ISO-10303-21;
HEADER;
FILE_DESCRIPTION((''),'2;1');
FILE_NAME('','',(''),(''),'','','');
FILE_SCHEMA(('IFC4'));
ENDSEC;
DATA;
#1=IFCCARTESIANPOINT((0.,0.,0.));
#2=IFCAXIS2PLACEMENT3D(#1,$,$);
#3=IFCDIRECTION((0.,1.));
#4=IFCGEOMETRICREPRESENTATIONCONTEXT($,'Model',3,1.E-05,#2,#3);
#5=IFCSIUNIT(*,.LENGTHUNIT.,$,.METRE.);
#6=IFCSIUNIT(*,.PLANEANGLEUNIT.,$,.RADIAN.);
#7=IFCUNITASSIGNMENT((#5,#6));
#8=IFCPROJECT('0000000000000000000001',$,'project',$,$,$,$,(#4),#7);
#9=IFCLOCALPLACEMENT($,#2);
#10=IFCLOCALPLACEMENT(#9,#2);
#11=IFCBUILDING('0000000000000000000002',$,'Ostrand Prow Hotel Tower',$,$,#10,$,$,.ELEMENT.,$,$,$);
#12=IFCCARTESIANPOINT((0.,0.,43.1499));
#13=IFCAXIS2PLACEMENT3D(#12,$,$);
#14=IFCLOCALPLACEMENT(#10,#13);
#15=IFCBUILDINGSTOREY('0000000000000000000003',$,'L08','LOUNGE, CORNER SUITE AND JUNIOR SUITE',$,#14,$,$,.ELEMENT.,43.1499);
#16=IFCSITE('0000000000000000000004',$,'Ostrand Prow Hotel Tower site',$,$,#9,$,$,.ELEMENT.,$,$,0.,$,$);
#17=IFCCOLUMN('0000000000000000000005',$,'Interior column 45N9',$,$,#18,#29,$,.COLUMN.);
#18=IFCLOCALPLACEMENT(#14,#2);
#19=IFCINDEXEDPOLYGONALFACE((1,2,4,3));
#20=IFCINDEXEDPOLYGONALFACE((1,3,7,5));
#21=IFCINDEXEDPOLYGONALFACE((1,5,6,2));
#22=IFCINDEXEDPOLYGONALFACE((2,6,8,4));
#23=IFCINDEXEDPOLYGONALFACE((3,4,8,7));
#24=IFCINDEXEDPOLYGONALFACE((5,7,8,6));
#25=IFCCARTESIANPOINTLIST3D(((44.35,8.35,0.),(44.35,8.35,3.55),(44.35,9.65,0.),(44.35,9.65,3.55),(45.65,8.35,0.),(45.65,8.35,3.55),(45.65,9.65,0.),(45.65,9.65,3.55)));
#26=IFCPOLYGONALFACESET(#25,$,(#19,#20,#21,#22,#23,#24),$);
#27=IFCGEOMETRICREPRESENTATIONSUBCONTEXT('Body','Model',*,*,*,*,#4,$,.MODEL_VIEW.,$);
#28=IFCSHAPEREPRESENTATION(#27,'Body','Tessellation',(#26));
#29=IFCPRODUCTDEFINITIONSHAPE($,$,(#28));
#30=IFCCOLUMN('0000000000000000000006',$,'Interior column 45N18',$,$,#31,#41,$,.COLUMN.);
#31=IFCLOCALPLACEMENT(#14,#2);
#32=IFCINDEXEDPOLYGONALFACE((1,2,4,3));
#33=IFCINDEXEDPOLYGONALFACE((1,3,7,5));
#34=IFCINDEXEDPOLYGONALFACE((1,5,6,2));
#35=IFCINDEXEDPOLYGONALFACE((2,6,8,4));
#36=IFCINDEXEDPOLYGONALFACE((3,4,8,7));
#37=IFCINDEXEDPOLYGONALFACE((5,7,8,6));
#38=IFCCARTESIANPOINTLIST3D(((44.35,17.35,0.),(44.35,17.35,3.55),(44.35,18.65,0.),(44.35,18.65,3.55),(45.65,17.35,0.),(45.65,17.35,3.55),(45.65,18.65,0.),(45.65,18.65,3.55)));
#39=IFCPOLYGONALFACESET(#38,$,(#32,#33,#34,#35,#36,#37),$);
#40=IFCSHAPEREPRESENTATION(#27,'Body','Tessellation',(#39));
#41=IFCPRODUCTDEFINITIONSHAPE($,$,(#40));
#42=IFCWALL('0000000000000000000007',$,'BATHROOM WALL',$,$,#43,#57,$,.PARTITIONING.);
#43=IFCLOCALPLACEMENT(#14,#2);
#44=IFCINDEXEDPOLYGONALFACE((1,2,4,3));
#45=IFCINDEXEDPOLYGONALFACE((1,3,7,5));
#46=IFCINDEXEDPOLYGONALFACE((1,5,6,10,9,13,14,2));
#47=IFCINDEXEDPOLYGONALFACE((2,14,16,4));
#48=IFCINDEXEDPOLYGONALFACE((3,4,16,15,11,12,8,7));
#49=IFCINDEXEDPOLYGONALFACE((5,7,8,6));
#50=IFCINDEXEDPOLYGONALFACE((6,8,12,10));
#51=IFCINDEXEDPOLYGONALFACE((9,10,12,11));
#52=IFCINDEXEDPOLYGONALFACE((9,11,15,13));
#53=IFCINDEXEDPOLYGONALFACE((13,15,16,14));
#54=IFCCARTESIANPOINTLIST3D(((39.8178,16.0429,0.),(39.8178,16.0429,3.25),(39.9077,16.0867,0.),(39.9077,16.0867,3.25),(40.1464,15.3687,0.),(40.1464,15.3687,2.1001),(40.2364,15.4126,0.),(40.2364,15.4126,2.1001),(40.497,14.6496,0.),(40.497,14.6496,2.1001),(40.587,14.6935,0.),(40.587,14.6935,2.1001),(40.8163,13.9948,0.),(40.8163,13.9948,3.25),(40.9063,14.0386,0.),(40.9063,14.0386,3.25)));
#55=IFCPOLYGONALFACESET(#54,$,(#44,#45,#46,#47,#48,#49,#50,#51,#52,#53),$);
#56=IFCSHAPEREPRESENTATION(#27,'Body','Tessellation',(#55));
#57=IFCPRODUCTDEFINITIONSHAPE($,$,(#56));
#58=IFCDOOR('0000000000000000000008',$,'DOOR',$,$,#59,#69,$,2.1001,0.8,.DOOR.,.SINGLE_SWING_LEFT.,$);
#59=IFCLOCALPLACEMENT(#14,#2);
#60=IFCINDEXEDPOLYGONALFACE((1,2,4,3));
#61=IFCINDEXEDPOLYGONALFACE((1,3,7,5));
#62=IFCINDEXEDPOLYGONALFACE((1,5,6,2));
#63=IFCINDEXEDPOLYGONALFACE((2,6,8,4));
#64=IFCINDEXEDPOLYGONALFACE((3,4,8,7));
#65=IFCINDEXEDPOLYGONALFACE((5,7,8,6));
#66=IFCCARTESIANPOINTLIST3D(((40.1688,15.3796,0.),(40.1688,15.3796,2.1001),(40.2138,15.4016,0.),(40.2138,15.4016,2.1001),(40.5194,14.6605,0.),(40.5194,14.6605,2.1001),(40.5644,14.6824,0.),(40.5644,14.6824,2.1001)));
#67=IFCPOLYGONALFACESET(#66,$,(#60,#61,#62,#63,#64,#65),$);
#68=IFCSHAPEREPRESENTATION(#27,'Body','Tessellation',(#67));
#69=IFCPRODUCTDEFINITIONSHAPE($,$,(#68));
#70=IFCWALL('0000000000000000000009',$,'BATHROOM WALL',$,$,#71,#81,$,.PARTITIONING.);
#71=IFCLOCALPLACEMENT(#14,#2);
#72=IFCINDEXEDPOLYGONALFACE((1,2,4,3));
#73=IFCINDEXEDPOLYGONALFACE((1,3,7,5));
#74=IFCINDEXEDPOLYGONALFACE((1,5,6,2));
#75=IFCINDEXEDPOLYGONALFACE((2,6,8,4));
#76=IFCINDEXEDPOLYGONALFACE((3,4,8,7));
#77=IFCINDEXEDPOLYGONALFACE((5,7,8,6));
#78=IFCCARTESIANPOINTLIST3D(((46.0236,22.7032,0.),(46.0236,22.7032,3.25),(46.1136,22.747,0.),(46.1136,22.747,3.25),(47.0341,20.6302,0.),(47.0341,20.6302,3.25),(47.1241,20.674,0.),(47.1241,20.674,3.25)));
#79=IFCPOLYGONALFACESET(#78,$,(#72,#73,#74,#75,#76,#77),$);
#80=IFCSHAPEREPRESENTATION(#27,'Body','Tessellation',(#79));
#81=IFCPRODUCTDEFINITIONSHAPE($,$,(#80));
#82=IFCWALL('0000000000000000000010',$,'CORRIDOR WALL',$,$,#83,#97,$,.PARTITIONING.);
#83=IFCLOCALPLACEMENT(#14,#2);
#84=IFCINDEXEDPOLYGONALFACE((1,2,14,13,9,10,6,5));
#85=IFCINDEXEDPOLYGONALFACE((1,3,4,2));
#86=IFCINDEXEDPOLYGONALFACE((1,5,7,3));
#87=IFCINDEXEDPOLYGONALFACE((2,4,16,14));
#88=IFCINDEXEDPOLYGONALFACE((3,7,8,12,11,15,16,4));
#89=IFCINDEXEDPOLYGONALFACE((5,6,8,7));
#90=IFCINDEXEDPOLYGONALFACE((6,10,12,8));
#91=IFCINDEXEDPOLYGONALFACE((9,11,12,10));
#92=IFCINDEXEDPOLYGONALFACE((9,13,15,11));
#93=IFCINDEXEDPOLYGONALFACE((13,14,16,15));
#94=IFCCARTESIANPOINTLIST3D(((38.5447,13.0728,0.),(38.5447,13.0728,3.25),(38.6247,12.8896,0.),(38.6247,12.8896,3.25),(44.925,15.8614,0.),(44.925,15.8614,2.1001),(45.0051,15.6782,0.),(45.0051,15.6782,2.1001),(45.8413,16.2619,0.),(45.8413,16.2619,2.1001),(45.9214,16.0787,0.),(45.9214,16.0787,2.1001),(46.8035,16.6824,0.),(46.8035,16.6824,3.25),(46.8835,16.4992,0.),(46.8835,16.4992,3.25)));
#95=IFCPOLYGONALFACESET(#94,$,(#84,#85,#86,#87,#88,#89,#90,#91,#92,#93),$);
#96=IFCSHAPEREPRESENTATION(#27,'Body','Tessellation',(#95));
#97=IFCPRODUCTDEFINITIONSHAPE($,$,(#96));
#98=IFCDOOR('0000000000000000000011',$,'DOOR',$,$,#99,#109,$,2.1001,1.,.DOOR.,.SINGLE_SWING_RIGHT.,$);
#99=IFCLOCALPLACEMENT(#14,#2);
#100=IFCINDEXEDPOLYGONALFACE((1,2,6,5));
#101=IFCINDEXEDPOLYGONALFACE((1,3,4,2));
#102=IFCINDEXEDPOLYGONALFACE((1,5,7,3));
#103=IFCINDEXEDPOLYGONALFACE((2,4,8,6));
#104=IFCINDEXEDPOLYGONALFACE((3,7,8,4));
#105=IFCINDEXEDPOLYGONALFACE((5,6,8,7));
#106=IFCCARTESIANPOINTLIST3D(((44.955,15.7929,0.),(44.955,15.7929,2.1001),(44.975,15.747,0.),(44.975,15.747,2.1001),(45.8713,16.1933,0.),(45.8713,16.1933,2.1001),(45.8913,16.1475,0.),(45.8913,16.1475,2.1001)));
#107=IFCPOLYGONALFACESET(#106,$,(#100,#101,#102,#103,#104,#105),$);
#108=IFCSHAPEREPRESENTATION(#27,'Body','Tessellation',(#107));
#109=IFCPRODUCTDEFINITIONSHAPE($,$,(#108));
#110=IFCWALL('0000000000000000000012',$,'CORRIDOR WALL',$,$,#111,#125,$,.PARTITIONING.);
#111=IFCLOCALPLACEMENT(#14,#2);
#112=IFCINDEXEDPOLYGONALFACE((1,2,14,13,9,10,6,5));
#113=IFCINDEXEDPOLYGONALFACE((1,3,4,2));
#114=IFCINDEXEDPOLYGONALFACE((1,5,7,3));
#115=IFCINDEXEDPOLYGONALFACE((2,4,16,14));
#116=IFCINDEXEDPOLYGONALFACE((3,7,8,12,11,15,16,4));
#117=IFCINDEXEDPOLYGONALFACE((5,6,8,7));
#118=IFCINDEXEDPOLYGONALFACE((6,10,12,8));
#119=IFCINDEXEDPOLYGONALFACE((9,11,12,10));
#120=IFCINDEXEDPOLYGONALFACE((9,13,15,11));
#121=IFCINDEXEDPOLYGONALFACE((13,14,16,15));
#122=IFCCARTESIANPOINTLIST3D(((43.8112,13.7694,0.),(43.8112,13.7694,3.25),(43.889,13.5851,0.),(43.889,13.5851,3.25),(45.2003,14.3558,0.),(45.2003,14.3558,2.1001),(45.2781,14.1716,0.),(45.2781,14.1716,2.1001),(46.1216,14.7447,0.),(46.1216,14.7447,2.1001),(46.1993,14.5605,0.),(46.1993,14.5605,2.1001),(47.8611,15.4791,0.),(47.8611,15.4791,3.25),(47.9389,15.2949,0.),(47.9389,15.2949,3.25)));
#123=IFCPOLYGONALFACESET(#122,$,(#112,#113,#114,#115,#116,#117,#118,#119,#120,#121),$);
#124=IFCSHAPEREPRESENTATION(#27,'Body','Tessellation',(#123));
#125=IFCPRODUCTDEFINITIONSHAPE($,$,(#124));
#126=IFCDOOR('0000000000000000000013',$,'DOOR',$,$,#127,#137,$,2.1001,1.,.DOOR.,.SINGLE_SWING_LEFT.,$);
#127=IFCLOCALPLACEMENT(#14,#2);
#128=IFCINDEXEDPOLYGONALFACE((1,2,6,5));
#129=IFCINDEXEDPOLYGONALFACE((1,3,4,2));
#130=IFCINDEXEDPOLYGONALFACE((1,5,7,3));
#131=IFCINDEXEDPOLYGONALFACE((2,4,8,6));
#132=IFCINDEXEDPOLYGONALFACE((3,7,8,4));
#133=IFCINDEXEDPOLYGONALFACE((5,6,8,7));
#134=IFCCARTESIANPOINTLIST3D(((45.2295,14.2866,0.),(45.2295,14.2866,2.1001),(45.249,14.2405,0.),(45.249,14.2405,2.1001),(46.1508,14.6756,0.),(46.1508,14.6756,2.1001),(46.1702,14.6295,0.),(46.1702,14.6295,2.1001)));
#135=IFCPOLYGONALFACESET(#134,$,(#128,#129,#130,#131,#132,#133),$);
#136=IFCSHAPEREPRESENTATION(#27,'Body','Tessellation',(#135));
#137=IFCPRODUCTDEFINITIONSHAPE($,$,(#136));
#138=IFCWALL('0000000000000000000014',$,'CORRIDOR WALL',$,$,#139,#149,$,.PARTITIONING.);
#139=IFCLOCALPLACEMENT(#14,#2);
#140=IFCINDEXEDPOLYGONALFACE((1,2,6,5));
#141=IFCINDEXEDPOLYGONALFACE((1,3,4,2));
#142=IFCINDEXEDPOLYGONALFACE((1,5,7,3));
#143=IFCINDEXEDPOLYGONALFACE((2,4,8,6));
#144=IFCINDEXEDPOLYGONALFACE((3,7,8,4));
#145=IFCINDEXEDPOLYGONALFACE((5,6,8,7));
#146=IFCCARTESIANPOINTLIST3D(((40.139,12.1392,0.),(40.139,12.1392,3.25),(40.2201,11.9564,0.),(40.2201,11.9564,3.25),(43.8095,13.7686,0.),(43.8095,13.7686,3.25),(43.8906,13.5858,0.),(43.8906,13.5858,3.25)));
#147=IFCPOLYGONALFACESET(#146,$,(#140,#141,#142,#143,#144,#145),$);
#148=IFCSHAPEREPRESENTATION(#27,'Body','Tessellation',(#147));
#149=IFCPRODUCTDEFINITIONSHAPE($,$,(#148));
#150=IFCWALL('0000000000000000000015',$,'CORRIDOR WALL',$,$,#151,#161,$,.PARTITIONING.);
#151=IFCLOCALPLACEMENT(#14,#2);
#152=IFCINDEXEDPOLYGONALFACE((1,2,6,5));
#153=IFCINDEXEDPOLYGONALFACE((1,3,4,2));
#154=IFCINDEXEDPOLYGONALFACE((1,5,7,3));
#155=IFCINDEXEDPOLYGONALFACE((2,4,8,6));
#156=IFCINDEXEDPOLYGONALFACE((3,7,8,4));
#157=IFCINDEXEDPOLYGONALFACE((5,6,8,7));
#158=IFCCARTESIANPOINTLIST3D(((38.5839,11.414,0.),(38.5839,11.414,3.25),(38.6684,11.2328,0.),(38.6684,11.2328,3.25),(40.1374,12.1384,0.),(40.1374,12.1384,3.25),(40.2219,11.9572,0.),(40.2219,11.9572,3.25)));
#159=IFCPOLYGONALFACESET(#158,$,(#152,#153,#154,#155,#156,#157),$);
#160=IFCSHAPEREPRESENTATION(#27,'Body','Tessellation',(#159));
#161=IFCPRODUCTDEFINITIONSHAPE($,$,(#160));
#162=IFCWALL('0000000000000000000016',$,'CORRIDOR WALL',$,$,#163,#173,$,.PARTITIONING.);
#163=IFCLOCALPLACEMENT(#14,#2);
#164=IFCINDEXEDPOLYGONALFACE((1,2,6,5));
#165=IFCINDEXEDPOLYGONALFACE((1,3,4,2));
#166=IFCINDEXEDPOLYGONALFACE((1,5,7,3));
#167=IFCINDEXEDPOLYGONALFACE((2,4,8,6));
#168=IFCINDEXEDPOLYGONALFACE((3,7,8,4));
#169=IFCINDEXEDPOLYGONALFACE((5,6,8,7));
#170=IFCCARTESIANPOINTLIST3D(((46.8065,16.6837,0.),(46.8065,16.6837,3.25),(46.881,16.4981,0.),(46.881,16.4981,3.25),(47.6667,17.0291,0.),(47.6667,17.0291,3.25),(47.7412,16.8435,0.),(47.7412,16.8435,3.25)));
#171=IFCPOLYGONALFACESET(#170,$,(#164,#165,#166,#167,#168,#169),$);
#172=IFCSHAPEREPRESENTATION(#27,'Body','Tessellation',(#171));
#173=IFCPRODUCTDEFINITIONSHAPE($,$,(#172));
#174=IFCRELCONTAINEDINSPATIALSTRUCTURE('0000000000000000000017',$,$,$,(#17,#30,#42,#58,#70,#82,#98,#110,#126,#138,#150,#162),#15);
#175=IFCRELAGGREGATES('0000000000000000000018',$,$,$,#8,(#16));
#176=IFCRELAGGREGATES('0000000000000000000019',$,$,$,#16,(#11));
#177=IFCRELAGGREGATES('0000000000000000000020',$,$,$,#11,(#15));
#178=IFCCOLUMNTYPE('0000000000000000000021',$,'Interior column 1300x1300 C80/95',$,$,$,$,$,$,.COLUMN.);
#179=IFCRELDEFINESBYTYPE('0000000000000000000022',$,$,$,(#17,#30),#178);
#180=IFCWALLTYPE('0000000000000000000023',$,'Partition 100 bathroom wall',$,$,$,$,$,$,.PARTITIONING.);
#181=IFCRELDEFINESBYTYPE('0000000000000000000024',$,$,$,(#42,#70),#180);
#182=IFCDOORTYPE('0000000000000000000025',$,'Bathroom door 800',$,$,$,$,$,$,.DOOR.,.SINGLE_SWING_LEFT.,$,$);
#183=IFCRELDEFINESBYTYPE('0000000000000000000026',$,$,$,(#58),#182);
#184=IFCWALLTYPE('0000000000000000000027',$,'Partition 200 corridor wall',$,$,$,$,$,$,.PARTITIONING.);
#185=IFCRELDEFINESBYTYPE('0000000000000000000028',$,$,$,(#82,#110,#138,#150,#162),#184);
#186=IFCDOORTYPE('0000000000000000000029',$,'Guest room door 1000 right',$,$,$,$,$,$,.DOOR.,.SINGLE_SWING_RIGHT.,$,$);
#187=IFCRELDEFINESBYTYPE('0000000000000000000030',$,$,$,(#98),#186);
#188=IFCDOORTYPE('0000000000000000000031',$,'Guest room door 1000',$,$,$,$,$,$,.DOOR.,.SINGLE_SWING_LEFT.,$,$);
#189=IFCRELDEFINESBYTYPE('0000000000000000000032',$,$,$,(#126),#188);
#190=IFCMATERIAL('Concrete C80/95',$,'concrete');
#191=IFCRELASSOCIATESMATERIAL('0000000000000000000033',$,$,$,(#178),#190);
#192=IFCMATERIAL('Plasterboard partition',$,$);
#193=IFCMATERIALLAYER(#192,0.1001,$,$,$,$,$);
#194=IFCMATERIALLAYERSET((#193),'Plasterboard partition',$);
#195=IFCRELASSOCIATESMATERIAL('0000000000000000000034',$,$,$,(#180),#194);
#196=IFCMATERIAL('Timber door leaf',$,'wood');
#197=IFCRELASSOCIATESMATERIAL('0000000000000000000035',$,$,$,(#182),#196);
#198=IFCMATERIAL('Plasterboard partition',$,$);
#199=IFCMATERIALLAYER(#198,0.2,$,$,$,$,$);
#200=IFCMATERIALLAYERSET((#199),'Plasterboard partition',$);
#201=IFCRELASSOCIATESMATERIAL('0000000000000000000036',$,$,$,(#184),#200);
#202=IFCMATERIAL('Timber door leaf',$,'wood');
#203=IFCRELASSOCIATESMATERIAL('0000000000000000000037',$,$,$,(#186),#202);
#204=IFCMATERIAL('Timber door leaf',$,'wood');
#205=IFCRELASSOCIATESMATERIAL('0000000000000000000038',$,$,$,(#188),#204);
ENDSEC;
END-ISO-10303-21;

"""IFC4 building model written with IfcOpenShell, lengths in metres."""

from ifc_helpers import new_model, si_unit, direction, frame, frame_2d, origin, origin_2d, place, context, subcontext, project, spatial, rectangle, extrude, material, layer, layer_set, material_profile, profile_set, type_object, element, fill, save


model = new_model("IFC4")

# Units and contexts
model_context = context("Model", 3, precision=1e-05, world=origin(), true_north=direction((0.0, 1.0)))
body_context = subcontext(model_context, "Body", "Model", "MODEL_VIEW")
ifc_project = project(units=[si_unit("LENGTHUNIT", "METRE"), si_unit("PLANEANGLEUNIT", "RADIAN")], contexts=[model_context])

# Site, building, storey
site_placement = place(None, origin())
site = spatial("IfcSite", under=ifc_project, at=site_placement, Name="Ostrand Prow Hotel Tower site", CompositionType="ELEMENT", RefElevation=0.0)
building_placement = place(site_placement, origin())
building = spatial("IfcBuilding", under=site, at=building_placement, Name="Ostrand Prow Hotel Tower", CompositionType="ELEMENT")
storey_placement = place(building_placement, frame((0.0, 0.0, 43.1499)))
storey = spatial("IfcBuildingStorey", under=building, at=storey_placement, Name="L08", Description="LOUNGE, CORNER SUITE AND JUNIOR SUITE", CompositionType="ELEMENT", Elevation=43.1499)

# Columns
ifc_material_1 = material(Name="Concrete C80/95", Category="concrete")
ifc_material_profile = material_profile(ifc_material_1, rectangle(XDim=1.3, YDim=1.3, at=origin_2d()), Name="RC 1300x1300")
ifc_profile_set = profile_set([ifc_material_profile], Name="Concrete C80/95")
column_type = type_object("IfcColumnType", Name="Interior column 1300x1300 C80/95", PredefinedType="COLUMN", material=ifc_profile_set)
for number, where, z_axis, x_axis, name in (
    (1, (45.0, 9.0, 0.0), (0.0, 0.0, 1.0), (1.0, 0.0, 0.0), "Interior column 45N9"),
    (2, (45.0, 18.0, 0.0), (0.0, 0.0, 1.0), (1.0, 0.0, 0.0), "Interior column 45N18"),
):
    element("IfcColumn", number, at=place(storey_placement, frame(where, z_axis=z_axis, x_axis=x_axis)), inside=storey, type_object=column_type, Name=name, PredefinedType="COLUMN", context=body_context, shape_type="SweptSolid", body=[
        extrude(rectangle(XDim=1.3, YDim=1.3, at=origin_2d()), origin(), (0.0, 0.0, 1.0), 3.55),
    ])

# Wall, opening, door
ifc_material_2 = material(Name="Plasterboard partition")
ifc_layer_1 = layer(ifc_material_2, 0.1001)
ifc_layer_set_1 = layer_set([ifc_layer_1], Name="Plasterboard partition")
wall_type_1 = type_object("IfcWallType", Name="Partition 100 bathroom wall", PredefinedType="PARTITIONING", material=ifc_layer_set_1)
wall_1_placement = place(storey_placement, frame((39.8628, 16.0647, 0.0), z_axis=(0.0, 0.0, 1.0), x_axis=(0.438234, -0.898861, 0.0)))
wall_1 = element("IfcWall", 3, at=wall_1_placement, inside=storey, type_object=wall_type_1, Name="BATHROOM WALL", PredefinedType="PARTITIONING", context=body_context, shape_type="SweptSolid", body=[
    extrude(rectangle(XDim=2.2786, YDim=0.1001, at=frame_2d((1.1392, 0.0))), origin(), (0.0, 0.0, 1.0), 3.25),
])
opening_1_placement = place(wall_1_placement, frame((0.75, 0.0, 0.0)))
opening_1 = element("IfcOpeningElement", 4, at=opening_1_placement, cuts=wall_1, PredefinedType="OPENING", context=body_context, shape_type="SweptSolid", body=[
    extrude(rectangle(XDim=0.8, YDim=2.1001, at=frame_2d((0.3999, 1.05))), frame((0.0, 0.0601, 0.0), z_axis=(0.0, -1.0, 0.0), x_axis=(1.0, 0.0, 0.0)), (0.0, 0.0, 1.0), 0.1201),
])
ifc_material_3 = material(Name="Timber door leaf", Category="wood")
door_type_1 = type_object("IfcDoorType", Name="Bathroom door 800", OperationType="SINGLE_SWING_LEFT", PredefinedType="DOOR", material=ifc_material_3)
door_1_placement = place(opening_1_placement, origin())
door_1 = element("IfcDoor", 5, at=door_1_placement, inside=storey, type_object=door_type_1, Name="DOOR", OperationType="SINGLE_SWING_LEFT", OverallHeight=2.1001, OverallWidth=0.8, PredefinedType="DOOR", context=body_context, shape_type="SweptSolid", body=[
    extrude(rectangle(XDim=0.8, YDim=2.1001, at=frame_2d((0.3999, 1.05))), frame((0.0, 0.0249, 0.0), z_axis=(0.0, -1.0, 0.0), x_axis=(1.0, 0.0, 0.0)), (0.0, 0.0, 1.0), 0.05),
])
fill(opening_1, door_1)

# Wall
wall_2_placement = place(storey_placement, frame((47.0791, 20.6521, 0.0), z_axis=(0.0, 0.0, 1.0), x_axis=(-0.438171, 0.898892, 0.0)))
element("IfcWall", 6, at=wall_2_placement, inside=storey, type_object=wall_type_1, Name="BATHROOM WALL", PredefinedType="PARTITIONING", context=body_context, shape_type="SweptSolid", body=[
    extrude(rectangle(XDim=2.3062, YDim=0.1001, at=frame_2d((1.1531, 0.0))), origin(), (0.0, 0.0, 1.0), 3.25),
])

# Walls, openings, doors
ifc_material_4 = material(Name="Plasterboard partition")
ifc_layer_2 = layer(ifc_material_4, 0.2)
ifc_layer_set_2 = layer_set([ifc_layer_2], Name="Plasterboard partition")
wall_type_2 = type_object("IfcWallType", Name="Partition 200 corridor wall", PredefinedType="PARTITIONING", material=ifc_layer_set_2)
wall_3_placement = place(storey_placement, frame((46.8435, 16.5908, 0.0), z_axis=(0.0, 0.0, 1.0), x_axis=(-0.916304, -0.400483, 0.0)))
wall_3 = element("IfcWall", 7, at=wall_3_placement, inside=storey, type_object=wall_type_2, Name="CORRIDOR WALL", PredefinedType="PARTITIONING", context=body_context, shape_type="SweptSolid", body=[
    extrude(rectangle(XDim=9.0132, YDim=0.2, at=frame_2d((4.5066, 0.0))), origin(), (0.0, 0.0, 1.0), 3.25),
])
opening_2_placement = place(wall_3_placement, frame((1.05, 0.0, 0.0)))
opening_2 = element("IfcOpeningElement", 8, at=opening_2_placement, cuts=wall_3, PredefinedType="OPENING", context=body_context, shape_type="SweptSolid", body=[
    extrude(rectangle(XDim=1.0, YDim=2.1001, at=frame_2d((0.5, 1.05))), frame((0.0, 0.1099, 0.0), z_axis=(0.0, -1.0, 0.0), x_axis=(1.0, 0.0, 0.0)), (0.0, 0.0, 1.0), 0.22),
])
ifc_material_5 = material(Name="Timber door leaf", Category="wood")
door_type_2 = type_object("IfcDoorType", Name="Guest room door 1000 right", OperationType="SINGLE_SWING_RIGHT", PredefinedType="DOOR", material=ifc_material_5)
door_2_placement = place(opening_2_placement, origin())
door_2 = element("IfcDoor", 9, at=door_2_placement, inside=storey, type_object=door_type_2, Name="DOOR", OperationType="SINGLE_SWING_RIGHT", OverallHeight=2.1001, OverallWidth=1.0, PredefinedType="DOOR", context=body_context, shape_type="SweptSolid", body=[
    extrude(rectangle(XDim=1.0, YDim=2.1001, at=frame_2d((0.5, 1.05))), frame((0.0, 0.0249, 0.0), z_axis=(0.0, -1.0, 0.0), x_axis=(1.0, 0.0, 0.0)), (0.0, 0.0, 1.0), 0.05),
])
fill(opening_2, door_2)
wall_4_placement = place(storey_placement, frame((43.8501, 13.6772, 0.0), z_axis=(0.0, 0.0, 1.0), x_axis=(0.921266, 0.388933, 0.0)))
wall_4 = element("IfcWall", 10, at=wall_4_placement, inside=storey, type_object=wall_type_2, Name="CORRIDOR WALL", PredefinedType="PARTITIONING", context=body_context, shape_type="SweptSolid", body=[
    extrude(rectangle(XDim=4.396, YDim=0.2, at=frame_2d((2.198, 0.0))), origin(), (0.0, 0.0, 1.0), 3.25),
])
opening_3_placement = place(wall_4_placement, frame((1.5078, 0.0, 0.0)))
opening_3 = element("IfcOpeningElement", 11, at=opening_3_placement, cuts=wall_4, PredefinedType="OPENING", context=body_context, shape_type="SweptSolid", body=[
    extrude(rectangle(XDim=1.0, YDim=2.1001, at=frame_2d((0.5, 1.05))), frame((0.0, 0.1099, 0.0), z_axis=(0.0, -1.0, 0.0), x_axis=(1.0, 0.0, 0.0)), (0.0, 0.0, 1.0), 0.22),
])
ifc_material_6 = material(Name="Timber door leaf", Category="wood")
door_type_3 = type_object("IfcDoorType", Name="Guest room door 1000", OperationType="SINGLE_SWING_LEFT", PredefinedType="DOOR", material=ifc_material_6)
door_3_placement = place(opening_3_placement, origin())
door_3 = element("IfcDoor", 12, at=door_3_placement, inside=storey, type_object=door_type_3, Name="DOOR", OperationType="SINGLE_SWING_LEFT", OverallHeight=2.1001, OverallWidth=1.0, PredefinedType="DOOR", context=body_context, shape_type="SweptSolid", body=[
    extrude(rectangle(XDim=1.0, YDim=2.1001, at=frame_2d((0.5, 1.05))), frame((0.0, 0.0249, 0.0), z_axis=(0.0, -1.0, 0.0), x_axis=(1.0, 0.0, 0.0)), (0.0, 0.0, 1.0), 0.05),
])
fill(opening_3, door_3)

# Walls
wall_5_placement = place(storey_placement, frame((40.1797, 12.0479, 0.0), z_axis=(0.0, 0.0, 1.0), x_axis=(0.913987, 0.405744, 0.0)))
element("IfcWall", 13, at=wall_5_placement, inside=storey, type_object=wall_type_2, Name="CORRIDOR WALL", PredefinedType="PARTITIONING", context=body_context, shape_type="SweptSolid", body=[
    extrude(rectangle(XDim=4.0159, YDim=0.2, at=frame_2d((2.0078, 0.0))), origin(), (0.0, 0.0, 1.0), 3.25),
])
wall_6_placement = place(storey_placement, frame((38.6262, 11.3235, 0.0), z_axis=(0.0, 0.0, 1.0), x_axis=(0.906314, 0.422605, 0.0)))
element("IfcWall", 14, at=wall_6_placement, inside=storey, type_object=wall_type_2, Name="CORRIDOR WALL", PredefinedType="PARTITIONING", context=body_context, shape_type="SweptSolid", body=[
    extrude(rectangle(XDim=1.7141, YDim=0.2, at=frame_2d((0.8569, 0.0))), origin(), (0.0, 0.0, 1.0), 3.25),
])
wall_7_placement = place(storey_placement, frame((47.7039, 16.9363, 0.0), z_axis=(0.0, 0.0, 1.0), x_axis=(-0.927986, -0.372616, 0.0)))
element("IfcWall", 15, at=wall_7_placement, inside=storey, type_object=wall_type_2, Name="CORRIDOR WALL", PredefinedType="PARTITIONING", context=body_context, shape_type="SweptSolid", body=[
    extrude(rectangle(XDim=0.927, YDim=0.2, at=frame_2d((0.4634, 0.0))), origin(), (0.0, 0.0, 1.0), 3.25),
])

save(model, "model.ifc")
